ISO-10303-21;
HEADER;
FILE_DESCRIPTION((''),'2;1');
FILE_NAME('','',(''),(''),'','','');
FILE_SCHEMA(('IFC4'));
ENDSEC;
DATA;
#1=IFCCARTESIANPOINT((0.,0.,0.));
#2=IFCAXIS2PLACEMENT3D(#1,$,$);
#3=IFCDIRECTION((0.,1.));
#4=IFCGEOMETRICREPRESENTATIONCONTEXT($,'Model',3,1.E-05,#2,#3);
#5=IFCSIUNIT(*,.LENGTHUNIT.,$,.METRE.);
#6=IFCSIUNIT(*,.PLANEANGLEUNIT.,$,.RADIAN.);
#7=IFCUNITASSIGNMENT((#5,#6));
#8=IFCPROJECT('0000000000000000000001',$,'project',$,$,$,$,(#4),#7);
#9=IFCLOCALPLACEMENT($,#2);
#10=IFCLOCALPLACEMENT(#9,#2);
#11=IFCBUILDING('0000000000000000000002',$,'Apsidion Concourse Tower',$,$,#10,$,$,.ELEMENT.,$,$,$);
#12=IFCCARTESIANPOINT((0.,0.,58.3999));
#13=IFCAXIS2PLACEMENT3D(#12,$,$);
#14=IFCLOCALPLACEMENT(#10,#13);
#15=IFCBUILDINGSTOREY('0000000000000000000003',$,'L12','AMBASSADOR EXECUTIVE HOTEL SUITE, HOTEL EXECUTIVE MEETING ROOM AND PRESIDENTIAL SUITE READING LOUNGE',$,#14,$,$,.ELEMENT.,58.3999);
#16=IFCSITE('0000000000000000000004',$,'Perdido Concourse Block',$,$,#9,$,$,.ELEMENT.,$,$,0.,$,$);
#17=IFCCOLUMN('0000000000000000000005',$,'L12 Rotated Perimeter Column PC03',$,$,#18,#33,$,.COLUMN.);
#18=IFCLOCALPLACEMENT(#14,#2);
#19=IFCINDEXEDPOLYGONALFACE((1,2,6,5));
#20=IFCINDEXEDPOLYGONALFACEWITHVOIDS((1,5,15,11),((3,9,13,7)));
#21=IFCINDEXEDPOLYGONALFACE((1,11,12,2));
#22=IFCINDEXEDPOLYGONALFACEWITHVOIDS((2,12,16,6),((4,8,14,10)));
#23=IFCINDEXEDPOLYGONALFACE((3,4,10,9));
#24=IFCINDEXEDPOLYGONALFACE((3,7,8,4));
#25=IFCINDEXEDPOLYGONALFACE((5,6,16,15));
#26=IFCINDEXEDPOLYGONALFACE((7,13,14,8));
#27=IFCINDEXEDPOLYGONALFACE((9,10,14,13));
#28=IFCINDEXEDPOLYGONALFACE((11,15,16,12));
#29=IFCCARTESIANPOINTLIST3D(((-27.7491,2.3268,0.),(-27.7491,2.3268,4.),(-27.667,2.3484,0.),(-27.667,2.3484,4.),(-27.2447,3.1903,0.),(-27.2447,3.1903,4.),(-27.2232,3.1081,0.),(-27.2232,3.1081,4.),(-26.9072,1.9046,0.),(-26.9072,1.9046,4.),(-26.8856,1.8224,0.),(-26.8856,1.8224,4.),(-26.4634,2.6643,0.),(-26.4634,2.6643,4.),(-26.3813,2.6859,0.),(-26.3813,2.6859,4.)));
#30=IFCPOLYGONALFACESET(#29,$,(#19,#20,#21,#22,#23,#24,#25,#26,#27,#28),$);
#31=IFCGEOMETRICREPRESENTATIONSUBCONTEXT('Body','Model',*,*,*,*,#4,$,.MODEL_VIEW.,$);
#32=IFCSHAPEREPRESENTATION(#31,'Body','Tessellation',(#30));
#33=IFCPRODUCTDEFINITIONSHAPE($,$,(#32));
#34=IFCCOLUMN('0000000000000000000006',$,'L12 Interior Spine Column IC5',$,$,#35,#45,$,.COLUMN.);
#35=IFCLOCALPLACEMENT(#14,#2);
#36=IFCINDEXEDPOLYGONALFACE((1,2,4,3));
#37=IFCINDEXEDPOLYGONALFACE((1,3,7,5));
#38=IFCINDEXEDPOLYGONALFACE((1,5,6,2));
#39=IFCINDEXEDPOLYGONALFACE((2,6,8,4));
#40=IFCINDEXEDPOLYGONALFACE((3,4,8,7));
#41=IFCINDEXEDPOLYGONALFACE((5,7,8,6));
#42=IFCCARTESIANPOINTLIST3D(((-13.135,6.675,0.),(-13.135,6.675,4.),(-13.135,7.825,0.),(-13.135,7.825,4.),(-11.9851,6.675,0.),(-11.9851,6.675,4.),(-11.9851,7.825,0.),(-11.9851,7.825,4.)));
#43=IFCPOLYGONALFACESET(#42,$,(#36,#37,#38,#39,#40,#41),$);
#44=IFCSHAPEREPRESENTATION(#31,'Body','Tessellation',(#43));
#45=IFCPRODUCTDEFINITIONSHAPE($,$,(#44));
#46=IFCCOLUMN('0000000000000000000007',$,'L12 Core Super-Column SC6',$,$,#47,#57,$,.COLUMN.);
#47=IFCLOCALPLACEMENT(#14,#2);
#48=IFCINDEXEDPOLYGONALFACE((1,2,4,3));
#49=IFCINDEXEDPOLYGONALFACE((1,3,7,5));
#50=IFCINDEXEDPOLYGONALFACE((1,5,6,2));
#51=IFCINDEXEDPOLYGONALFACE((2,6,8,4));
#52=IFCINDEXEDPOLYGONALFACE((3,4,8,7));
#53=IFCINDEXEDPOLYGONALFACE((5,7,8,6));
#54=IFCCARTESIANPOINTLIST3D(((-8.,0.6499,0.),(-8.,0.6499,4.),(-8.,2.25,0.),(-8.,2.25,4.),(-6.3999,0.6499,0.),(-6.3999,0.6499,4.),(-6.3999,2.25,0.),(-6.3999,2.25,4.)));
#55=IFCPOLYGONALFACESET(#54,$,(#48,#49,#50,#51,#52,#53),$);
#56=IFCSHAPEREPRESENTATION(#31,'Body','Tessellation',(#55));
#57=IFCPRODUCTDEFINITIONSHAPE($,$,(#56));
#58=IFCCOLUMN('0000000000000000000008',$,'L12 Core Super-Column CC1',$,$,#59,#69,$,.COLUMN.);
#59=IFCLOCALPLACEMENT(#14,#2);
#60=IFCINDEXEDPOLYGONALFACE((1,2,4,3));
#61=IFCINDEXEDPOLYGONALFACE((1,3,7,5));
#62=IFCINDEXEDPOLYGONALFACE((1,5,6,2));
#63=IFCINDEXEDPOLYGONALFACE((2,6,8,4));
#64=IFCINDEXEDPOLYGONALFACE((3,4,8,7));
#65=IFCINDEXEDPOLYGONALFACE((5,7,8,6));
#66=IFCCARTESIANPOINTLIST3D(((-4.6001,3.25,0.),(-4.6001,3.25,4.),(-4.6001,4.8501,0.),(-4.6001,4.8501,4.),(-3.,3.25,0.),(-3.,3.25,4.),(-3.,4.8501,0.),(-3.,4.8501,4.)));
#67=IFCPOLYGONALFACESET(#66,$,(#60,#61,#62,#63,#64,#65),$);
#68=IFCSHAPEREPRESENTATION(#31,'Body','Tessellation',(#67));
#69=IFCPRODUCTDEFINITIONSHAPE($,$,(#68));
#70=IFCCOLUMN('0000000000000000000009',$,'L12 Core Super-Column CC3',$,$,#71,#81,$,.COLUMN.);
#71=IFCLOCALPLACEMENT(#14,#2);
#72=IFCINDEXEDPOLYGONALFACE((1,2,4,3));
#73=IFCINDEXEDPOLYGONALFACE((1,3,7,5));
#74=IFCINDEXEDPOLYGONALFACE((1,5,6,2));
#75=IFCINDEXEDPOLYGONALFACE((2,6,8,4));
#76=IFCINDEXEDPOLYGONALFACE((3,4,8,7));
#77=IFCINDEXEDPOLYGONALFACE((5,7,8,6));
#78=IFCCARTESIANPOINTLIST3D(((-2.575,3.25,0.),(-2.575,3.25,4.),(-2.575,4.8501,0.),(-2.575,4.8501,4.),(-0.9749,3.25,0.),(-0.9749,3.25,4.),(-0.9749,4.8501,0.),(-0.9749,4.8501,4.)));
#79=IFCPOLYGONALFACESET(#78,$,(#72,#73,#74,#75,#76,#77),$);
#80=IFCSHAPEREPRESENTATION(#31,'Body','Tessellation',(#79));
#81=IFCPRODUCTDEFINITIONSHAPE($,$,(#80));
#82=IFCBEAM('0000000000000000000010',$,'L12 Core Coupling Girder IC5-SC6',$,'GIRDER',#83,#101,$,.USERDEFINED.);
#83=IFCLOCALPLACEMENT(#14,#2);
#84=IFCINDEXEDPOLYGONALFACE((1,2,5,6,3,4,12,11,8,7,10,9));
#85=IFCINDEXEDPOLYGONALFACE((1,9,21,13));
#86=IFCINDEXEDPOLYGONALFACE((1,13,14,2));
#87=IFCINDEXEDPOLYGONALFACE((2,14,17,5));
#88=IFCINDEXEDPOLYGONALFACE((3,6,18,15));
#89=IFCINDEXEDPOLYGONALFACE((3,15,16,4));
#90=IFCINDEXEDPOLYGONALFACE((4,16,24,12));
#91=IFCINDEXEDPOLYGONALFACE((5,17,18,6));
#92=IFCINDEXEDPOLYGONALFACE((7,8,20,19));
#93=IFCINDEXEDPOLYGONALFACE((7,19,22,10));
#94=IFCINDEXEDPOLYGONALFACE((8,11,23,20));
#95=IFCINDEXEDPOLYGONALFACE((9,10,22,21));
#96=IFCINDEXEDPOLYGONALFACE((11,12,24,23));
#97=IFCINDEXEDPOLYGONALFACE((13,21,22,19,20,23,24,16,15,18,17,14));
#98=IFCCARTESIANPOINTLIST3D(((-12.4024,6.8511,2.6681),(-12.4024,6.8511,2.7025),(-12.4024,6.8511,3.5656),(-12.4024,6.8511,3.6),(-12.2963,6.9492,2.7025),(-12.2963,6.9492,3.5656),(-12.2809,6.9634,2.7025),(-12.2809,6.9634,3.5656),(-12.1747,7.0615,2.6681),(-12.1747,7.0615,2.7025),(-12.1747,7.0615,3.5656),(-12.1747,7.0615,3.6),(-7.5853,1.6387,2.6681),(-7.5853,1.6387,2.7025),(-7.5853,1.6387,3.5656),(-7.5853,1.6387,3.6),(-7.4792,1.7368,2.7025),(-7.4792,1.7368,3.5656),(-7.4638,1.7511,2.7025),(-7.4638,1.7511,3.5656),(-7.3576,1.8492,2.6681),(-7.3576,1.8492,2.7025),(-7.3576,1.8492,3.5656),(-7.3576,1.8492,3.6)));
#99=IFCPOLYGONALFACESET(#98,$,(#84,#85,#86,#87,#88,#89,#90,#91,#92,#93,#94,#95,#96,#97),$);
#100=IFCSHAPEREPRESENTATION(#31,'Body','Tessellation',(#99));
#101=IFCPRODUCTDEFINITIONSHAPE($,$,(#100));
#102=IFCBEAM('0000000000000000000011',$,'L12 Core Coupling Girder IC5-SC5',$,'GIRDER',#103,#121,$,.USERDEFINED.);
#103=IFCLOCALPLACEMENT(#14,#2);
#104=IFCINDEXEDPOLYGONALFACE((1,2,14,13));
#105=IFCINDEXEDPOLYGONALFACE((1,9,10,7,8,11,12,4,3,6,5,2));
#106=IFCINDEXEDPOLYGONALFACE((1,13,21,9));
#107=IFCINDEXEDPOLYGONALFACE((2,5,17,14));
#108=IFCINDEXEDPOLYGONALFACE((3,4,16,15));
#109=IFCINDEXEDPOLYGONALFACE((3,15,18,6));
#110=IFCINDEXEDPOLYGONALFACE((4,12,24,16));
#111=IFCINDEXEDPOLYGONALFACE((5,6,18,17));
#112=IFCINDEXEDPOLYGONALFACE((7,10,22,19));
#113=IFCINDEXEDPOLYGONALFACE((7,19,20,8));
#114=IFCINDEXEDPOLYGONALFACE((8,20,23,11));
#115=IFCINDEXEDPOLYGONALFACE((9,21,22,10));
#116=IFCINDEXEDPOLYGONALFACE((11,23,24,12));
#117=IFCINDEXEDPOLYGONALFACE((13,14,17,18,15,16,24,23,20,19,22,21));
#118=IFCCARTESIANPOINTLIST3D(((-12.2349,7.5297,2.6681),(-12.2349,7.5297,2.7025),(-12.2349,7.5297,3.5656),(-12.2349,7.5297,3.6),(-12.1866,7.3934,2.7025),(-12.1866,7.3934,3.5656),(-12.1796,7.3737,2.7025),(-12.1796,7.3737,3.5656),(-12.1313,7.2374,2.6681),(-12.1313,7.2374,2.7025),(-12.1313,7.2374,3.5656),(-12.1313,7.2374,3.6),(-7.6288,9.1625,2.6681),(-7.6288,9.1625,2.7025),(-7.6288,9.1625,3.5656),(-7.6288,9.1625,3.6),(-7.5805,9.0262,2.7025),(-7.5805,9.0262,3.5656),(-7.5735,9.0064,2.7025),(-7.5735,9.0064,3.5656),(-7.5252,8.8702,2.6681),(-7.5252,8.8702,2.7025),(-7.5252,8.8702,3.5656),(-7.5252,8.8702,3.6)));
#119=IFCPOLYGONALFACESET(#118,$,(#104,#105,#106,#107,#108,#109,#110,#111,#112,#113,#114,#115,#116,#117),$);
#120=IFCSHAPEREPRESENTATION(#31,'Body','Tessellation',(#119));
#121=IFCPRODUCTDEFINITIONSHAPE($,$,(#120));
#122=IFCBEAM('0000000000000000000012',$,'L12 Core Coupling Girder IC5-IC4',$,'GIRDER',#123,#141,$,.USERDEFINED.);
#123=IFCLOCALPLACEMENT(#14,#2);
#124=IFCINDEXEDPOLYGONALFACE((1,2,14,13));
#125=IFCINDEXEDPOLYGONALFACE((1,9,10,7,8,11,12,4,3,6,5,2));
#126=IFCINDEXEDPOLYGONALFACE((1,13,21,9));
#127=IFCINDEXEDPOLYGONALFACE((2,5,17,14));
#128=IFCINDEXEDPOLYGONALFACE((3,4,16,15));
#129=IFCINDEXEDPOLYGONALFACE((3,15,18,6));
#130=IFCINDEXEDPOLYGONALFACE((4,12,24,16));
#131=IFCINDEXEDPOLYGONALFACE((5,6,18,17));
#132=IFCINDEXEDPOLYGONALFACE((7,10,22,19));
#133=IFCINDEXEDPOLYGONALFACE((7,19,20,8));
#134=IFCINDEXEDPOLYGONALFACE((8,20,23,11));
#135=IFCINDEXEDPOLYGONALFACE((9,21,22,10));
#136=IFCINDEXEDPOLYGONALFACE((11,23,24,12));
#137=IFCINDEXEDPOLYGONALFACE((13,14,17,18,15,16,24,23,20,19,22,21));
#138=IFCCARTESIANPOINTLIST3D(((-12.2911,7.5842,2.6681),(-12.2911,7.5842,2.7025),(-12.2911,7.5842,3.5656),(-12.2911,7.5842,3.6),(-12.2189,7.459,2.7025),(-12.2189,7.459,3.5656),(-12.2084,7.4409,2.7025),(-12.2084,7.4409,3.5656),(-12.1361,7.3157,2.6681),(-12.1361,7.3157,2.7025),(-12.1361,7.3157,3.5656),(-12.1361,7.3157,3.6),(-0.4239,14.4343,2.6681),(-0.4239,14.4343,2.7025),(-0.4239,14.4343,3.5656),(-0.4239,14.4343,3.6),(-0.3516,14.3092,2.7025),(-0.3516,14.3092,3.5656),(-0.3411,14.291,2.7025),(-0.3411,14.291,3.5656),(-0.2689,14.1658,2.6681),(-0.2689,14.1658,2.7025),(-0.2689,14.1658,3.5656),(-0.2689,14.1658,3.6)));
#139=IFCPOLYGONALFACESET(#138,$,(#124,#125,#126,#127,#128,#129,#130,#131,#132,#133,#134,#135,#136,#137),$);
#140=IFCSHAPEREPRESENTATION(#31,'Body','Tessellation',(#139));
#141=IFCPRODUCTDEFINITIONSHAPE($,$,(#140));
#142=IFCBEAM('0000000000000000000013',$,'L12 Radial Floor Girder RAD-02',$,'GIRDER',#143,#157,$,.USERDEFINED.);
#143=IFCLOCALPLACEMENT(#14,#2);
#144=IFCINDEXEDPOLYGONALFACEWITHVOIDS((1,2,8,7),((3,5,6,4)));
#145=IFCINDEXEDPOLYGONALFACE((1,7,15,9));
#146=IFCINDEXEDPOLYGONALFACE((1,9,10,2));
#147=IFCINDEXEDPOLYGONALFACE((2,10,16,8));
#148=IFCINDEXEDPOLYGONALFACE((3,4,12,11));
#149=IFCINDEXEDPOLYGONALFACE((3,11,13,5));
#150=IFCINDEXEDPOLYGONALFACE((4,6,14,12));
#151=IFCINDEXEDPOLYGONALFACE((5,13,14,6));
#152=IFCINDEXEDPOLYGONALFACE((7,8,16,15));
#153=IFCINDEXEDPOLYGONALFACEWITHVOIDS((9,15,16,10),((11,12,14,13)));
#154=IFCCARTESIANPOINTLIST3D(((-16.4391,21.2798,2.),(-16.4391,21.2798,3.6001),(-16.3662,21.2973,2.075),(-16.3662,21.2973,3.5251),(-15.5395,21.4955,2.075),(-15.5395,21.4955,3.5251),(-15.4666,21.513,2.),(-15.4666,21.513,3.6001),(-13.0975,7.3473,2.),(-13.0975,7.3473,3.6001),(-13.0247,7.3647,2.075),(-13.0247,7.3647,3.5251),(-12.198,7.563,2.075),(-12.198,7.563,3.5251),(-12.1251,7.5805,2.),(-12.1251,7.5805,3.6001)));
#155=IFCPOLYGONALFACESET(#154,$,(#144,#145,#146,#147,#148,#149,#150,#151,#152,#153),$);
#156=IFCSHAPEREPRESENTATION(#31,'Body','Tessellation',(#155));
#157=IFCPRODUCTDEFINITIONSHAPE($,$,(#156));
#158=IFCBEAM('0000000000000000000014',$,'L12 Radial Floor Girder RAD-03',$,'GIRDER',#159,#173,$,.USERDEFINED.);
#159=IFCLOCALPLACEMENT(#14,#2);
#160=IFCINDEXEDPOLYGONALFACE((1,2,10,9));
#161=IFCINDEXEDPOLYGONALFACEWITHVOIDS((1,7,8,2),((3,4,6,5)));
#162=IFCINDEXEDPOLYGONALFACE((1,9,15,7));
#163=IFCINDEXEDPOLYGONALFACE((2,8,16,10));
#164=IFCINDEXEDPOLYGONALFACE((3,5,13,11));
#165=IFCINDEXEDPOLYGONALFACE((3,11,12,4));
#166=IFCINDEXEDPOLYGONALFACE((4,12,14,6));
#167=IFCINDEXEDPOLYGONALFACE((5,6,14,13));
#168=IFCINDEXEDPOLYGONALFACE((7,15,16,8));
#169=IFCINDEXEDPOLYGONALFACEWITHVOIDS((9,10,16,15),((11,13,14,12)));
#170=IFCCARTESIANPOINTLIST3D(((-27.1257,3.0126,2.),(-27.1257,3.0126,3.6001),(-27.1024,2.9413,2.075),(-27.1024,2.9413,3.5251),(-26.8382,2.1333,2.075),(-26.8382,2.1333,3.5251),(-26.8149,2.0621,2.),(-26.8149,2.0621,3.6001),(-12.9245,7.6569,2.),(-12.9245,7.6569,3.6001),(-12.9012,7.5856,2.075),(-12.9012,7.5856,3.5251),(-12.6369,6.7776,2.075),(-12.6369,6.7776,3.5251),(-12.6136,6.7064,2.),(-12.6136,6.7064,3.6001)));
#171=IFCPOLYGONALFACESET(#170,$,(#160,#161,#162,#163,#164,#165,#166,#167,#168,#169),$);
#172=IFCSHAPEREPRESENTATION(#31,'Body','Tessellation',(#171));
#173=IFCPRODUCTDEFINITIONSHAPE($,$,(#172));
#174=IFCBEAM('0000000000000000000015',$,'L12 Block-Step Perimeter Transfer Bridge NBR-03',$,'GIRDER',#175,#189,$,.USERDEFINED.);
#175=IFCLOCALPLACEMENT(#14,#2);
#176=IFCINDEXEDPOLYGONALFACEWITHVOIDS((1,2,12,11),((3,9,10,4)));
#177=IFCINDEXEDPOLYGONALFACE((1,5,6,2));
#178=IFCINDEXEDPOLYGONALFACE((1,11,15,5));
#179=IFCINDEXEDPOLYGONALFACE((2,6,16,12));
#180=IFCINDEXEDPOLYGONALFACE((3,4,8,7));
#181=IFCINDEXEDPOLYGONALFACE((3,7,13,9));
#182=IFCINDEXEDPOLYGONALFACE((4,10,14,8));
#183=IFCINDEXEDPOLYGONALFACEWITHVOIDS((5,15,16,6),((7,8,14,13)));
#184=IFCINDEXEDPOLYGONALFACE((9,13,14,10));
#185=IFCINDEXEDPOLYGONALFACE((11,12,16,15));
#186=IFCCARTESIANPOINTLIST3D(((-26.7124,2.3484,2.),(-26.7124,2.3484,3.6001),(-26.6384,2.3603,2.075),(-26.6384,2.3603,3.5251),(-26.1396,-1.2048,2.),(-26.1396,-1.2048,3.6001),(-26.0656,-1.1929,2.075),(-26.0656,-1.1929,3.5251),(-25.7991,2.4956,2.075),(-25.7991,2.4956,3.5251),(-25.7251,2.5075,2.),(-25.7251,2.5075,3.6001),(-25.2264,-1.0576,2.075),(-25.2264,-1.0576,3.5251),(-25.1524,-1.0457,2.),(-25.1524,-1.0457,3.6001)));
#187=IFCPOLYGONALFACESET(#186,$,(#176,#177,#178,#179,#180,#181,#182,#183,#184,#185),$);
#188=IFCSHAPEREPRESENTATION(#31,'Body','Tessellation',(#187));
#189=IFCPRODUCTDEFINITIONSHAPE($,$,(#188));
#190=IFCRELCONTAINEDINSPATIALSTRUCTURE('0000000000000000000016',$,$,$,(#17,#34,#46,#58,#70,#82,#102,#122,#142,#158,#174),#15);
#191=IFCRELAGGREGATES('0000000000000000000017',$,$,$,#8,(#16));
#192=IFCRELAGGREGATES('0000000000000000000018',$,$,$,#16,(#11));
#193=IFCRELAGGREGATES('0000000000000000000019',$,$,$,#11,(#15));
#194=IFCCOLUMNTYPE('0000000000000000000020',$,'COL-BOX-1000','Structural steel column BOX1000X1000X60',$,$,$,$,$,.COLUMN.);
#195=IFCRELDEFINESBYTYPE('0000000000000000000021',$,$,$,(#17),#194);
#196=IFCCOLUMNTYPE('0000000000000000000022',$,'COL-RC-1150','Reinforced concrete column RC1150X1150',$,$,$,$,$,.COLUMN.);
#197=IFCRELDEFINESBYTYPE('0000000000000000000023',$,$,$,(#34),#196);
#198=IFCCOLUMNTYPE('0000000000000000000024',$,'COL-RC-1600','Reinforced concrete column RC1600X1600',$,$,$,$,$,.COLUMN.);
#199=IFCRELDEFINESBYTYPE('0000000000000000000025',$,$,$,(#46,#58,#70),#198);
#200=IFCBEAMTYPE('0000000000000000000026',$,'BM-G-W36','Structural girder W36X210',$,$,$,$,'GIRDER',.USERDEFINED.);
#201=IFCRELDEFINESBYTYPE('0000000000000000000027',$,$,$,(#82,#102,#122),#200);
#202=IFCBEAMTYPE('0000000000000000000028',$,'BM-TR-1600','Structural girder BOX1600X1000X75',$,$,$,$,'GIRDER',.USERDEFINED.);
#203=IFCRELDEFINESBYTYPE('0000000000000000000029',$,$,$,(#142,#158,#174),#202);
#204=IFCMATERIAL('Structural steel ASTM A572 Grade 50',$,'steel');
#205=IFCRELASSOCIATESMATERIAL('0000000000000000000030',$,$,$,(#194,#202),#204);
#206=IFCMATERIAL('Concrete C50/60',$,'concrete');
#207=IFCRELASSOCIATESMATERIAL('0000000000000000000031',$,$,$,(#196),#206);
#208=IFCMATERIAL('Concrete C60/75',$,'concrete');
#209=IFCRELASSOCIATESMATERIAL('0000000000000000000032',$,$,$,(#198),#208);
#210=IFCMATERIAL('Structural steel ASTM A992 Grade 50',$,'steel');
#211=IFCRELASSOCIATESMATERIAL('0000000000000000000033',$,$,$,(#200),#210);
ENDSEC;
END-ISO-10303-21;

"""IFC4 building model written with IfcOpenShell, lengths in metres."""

from ifc_helpers import new_model, si_unit, direction, frame, origin, origin_2d, place, context, subcontext, project, spatial, rectangle, hollow_rectangle, i_section, extrude, material, material_profile, profile_set, type_object, element, save


model = new_model("IFC4")

# Units and contexts
model_context = context("Model", 3, precision=1e-05, world=origin(), true_north=direction((0.0, 1.0)))
body_context = subcontext(model_context, "Body", "Model", "MODEL_VIEW")
ifc_project = project(units=[si_unit("LENGTHUNIT", "METRE"), si_unit("PLANEANGLEUNIT", "RADIAN")], contexts=[model_context])

# Site, building, storey
site_placement = place(None, origin())
site = spatial("IfcSite", under=ifc_project, at=site_placement, Name="Perdido Concourse Block", CompositionType="ELEMENT", RefElevation=0.0)
building_placement = place(site_placement, origin())
building = spatial("IfcBuilding", under=site, at=building_placement, Name="Apsidion Concourse Tower", CompositionType="ELEMENT")
storey_placement = place(building_placement, frame((0.0, 0.0, 58.3999)))
storey = spatial("IfcBuildingStorey", under=building, at=storey_placement, Name="L12", Description="AMBASSADOR EXECUTIVE HOTEL SUITE, HOTEL EXECUTIVE MEETING ROOM AND PRESIDENTIAL SUITE READING LOUNGE", CompositionType="ELEMENT", Elevation=58.3999)

# Columns
ifc_material_1 = material(Name="Structural steel ASTM A572 Grade 50", Category="steel")
ifc_material_profile_1 = material_profile(ifc_material_1, hollow_rectangle(XDim=1.0, YDim=1.0, WallThickness=0.0601, at=origin_2d()), Name="BOX1000X1000X60")
ifc_profile_set_1 = profile_set([ifc_material_profile_1], Name="Structural steel ASTM A572 Grade 50")
column_type_1 = type_object("IfcColumnType", Name="COL-BOX-1000", Description="Structural steel column BOX1000X1000X60", PredefinedType="COLUMN", material=ifc_profile_set_1)
column_1_placement = place(storey_placement, frame((-27.0652, 2.5063, 0.0), z_axis=(0.0, 0.0, 1.0), x_axis=(0.504377, 0.863484, 0.0)))
element("IfcColumn", 1, at=column_1_placement, inside=storey, type_object=column_type_1, Name="L12 Rotated Perimeter Column PC03", PredefinedType="COLUMN", context=body_context, shape_type="SweptSolid", body=[
    extrude(hollow_rectangle(XDim=1.0, YDim=1.0, WallThickness=0.0601, at=origin_2d()), origin(), (0.0, 0.0, 1.0), 4.0),
])
ifc_material_2 = material(Name="Concrete C50/60", Category="concrete")
ifc_material_profile_2 = material_profile(ifc_material_2, rectangle(XDim=1.1499, YDim=1.1499, at=origin_2d()), Name="RC 1150x1150")
ifc_profile_set_2 = profile_set([ifc_material_profile_2], Name="Concrete C50/60")
column_type_2 = type_object("IfcColumnType", Name="COL-RC-1150", Description="Reinforced concrete column RC1150X1150", PredefinedType="COLUMN", material=ifc_profile_set_2)
column_2_placement = place(storey_placement, frame((-12.5601, 7.25, 0.0), z_axis=(0.0, 0.0, 1.0), x_axis=(1.0, 0.0, 0.0)))
element("IfcColumn", 2, at=column_2_placement, inside=storey, type_object=column_type_2, Name="L12 Interior Spine Column IC5", PredefinedType="COLUMN", context=body_context, shape_type="SweptSolid", body=[
    extrude(rectangle(XDim=1.1499, YDim=1.1499, at=origin_2d()), origin(), (0.0, 0.0, 1.0), 4.0),
])
ifc_material_3 = material(Name="Concrete C60/75", Category="concrete")
ifc_material_profile_3 = material_profile(ifc_material_3, rectangle(XDim=1.6001, YDim=1.6001, at=origin_2d()), Name="RC 1600x1600")
ifc_profile_set_3 = profile_set([ifc_material_profile_3], Name="Concrete C60/75")
column_type_3 = type_object("IfcColumnType", Name="COL-RC-1600", Description="Reinforced concrete column RC1600X1600", PredefinedType="COLUMN", material=ifc_profile_set_3)
for number, where, z_axis, x_axis, name in (
    (3, (-7.2, 1.45, 0.0), (0.0, 0.0, 1.0), (1.0, 0.0, 0.0), "L12 Core Super-Column SC6"),
    (4, (-3.8, 4.05, 0.0), (0.0, 0.0, 1.0), (1.0, 0.0, 0.0), "L12 Core Super-Column CC1"),
    (5, (-1.7749, 4.05, 0.0), (0.0, 0.0, 1.0), (1.0, 0.0, 0.0), "L12 Core Super-Column CC3"),
):
    element("IfcColumn", number, at=place(storey_placement, frame(where, z_axis=z_axis, x_axis=x_axis)), inside=storey, type_object=column_type_3, Name=name, PredefinedType="COLUMN", context=body_context, shape_type="SweptSolid", body=[
        extrude(rectangle(XDim=1.6001, YDim=1.6001, at=origin_2d()), origin(), (0.0, 0.0, 1.0), 4.0),
    ])

# Beams
ifc_material_4 = material(Name="Structural steel ASTM A992 Grade 50", Category="steel")
ifc_material_profile_4 = material_profile(ifc_material_4, i_section(OverallWidth=0.3101, OverallDepth=0.9319, WebThickness=0.021, FlangeThickness=0.0344, at=origin_2d()), Name="W36X210")
ifc_profile_set_4 = profile_set([ifc_material_profile_4], Name="Structural steel ASTM A992 Grade 50")
beam_type_1 = type_object("IfcBeamType", Name="BM-G-W36", Description="Structural girder W36X210", ElementType="GIRDER", PredefinedType="USERDEFINED", material=ifc_profile_set_4)
beam_1_placement = place(storey_placement, frame((-12.2886, 6.9563, 3.134), z_axis=(0.678713, -0.734404, 0.0), x_axis=(0.734404, 0.678713, 0.0)))
element("IfcBeam", 6, at=beam_1_placement, inside=storey, type_object=beam_type_1, Name="L12 Core Coupling Girder IC5-SC6", ObjectType="GIRDER", PredefinedType="USERDEFINED", context=body_context, shape_type="SweptSolid", body=[
    extrude(i_section(OverallWidth=0.3101, OverallDepth=0.9319, WebThickness=0.021, FlangeThickness=0.0344, at=origin_2d()), origin(), (0.0, 0.0, 1.0), 7.0974),
])
beam_2_placement = place(storey_placement, frame((-12.1831, 7.3835, 3.134), z_axis=(0.942534, 0.334111, 0.0), x_axis=(-0.334111, 0.942534, 0.0)))
element("IfcBeam", 7, at=beam_2_placement, inside=storey, type_object=beam_type_1, Name="L12 Core Coupling Girder IC5-SC5", ObjectType="GIRDER", PredefinedType="USERDEFINED", context=body_context, shape_type="SweptSolid", body=[
    extrude(i_section(OverallWidth=0.3101, OverallDepth=0.9319, WebThickness=0.021, FlangeThickness=0.0344, at=origin_2d()), origin(), (0.0, 0.0, 1.0), 4.887),
])
beam_3_placement = place(storey_placement, frame((-12.2136, 7.45, 3.134), z_axis=(0.86607, 0.499922, 0.0), x_axis=(-0.499922, 0.86607, 0.0)))
element("IfcBeam", 8, at=beam_3_placement, inside=storey, type_object=beam_type_1, Name="L12 Core Coupling Girder IC5-IC4", ObjectType="GIRDER", PredefinedType="USERDEFINED", context=body_context, shape_type="SweptSolid", body=[
    extrude(i_section(OverallWidth=0.3101, OverallDepth=0.9319, WebThickness=0.021, FlangeThickness=0.0344, at=origin_2d()), origin(), (0.0, 0.0, 1.0), 13.7024),
])
ifc_material_profile_5 = material_profile(ifc_material_1, hollow_rectangle(XDim=1.0, YDim=1.6001, WallThickness=0.075, at=origin_2d()), Name="BOX1600X1000X75")
ifc_profile_set_5 = profile_set([ifc_material_profile_5], Name="Structural steel ASTM A572 Grade 50")
beam_type_2 = type_object("IfcBeamType", Name="BM-TR-1600", Description="Structural girder BOX1600X1000X75", ElementType="GIRDER", PredefinedType="USERDEFINED", material=ifc_profile_set_5)
beam_4_placement = place(storey_placement, frame((-12.6113, 7.4639, 2.8), z_axis=(-0.233223, 0.972423, 0.0), x_axis=(-0.972423, -0.233223, 0.0)))
element("IfcBeam", 9, at=beam_4_placement, inside=storey, type_object=beam_type_2, Name="L12 Radial Floor Girder RAD-02", ObjectType="GIRDER", PredefinedType="USERDEFINED", context=body_context, shape_type="SweptSolid", body=[
    extrude(hollow_rectangle(XDim=1.0, YDim=1.6001, WallThickness=0.075, at=origin_2d()), origin(), (0.0, 0.0, 1.0), 14.3276),
])
beam_5_placement = place(storey_placement, frame((-12.769, 7.1816, 2.8), z_axis=(-0.950464, -0.310835, 0.0), x_axis=(0.310835, -0.950464, 0.0)))
element("IfcBeam", 10, at=beam_5_placement, inside=storey, type_object=beam_type_2, Name="L12 Radial Floor Girder RAD-03", ObjectType="GIRDER", PredefinedType="USERDEFINED", context=body_context, shape_type="SweptSolid", body=[
    extrude(hollow_rectangle(XDim=1.0, YDim=1.6001, WallThickness=0.075, at=origin_2d()), origin(), (0.0, 0.0, 1.0), 14.9414),
])
beam_6_placement = place(storey_placement, frame((-26.2188, 2.428, 2.8), z_axis=(0.159139, -0.987256, 0.0), x_axis=(0.987256, 0.159139, 0.0)))
element("IfcBeam", 11, at=beam_6_placement, inside=storey, type_object=beam_type_2, Name="L12 Block-Step Perimeter Transfer Bridge NBR-03", ObjectType="GIRDER", PredefinedType="USERDEFINED", context=body_context, shape_type="SweptSolid", body=[
    extrude(hollow_rectangle(XDim=1.0, YDim=1.6001, WallThickness=0.075, at=origin_2d()), origin(), (0.0, 0.0, 1.0), 3.5991),
])

save(model, "model.ifc")
